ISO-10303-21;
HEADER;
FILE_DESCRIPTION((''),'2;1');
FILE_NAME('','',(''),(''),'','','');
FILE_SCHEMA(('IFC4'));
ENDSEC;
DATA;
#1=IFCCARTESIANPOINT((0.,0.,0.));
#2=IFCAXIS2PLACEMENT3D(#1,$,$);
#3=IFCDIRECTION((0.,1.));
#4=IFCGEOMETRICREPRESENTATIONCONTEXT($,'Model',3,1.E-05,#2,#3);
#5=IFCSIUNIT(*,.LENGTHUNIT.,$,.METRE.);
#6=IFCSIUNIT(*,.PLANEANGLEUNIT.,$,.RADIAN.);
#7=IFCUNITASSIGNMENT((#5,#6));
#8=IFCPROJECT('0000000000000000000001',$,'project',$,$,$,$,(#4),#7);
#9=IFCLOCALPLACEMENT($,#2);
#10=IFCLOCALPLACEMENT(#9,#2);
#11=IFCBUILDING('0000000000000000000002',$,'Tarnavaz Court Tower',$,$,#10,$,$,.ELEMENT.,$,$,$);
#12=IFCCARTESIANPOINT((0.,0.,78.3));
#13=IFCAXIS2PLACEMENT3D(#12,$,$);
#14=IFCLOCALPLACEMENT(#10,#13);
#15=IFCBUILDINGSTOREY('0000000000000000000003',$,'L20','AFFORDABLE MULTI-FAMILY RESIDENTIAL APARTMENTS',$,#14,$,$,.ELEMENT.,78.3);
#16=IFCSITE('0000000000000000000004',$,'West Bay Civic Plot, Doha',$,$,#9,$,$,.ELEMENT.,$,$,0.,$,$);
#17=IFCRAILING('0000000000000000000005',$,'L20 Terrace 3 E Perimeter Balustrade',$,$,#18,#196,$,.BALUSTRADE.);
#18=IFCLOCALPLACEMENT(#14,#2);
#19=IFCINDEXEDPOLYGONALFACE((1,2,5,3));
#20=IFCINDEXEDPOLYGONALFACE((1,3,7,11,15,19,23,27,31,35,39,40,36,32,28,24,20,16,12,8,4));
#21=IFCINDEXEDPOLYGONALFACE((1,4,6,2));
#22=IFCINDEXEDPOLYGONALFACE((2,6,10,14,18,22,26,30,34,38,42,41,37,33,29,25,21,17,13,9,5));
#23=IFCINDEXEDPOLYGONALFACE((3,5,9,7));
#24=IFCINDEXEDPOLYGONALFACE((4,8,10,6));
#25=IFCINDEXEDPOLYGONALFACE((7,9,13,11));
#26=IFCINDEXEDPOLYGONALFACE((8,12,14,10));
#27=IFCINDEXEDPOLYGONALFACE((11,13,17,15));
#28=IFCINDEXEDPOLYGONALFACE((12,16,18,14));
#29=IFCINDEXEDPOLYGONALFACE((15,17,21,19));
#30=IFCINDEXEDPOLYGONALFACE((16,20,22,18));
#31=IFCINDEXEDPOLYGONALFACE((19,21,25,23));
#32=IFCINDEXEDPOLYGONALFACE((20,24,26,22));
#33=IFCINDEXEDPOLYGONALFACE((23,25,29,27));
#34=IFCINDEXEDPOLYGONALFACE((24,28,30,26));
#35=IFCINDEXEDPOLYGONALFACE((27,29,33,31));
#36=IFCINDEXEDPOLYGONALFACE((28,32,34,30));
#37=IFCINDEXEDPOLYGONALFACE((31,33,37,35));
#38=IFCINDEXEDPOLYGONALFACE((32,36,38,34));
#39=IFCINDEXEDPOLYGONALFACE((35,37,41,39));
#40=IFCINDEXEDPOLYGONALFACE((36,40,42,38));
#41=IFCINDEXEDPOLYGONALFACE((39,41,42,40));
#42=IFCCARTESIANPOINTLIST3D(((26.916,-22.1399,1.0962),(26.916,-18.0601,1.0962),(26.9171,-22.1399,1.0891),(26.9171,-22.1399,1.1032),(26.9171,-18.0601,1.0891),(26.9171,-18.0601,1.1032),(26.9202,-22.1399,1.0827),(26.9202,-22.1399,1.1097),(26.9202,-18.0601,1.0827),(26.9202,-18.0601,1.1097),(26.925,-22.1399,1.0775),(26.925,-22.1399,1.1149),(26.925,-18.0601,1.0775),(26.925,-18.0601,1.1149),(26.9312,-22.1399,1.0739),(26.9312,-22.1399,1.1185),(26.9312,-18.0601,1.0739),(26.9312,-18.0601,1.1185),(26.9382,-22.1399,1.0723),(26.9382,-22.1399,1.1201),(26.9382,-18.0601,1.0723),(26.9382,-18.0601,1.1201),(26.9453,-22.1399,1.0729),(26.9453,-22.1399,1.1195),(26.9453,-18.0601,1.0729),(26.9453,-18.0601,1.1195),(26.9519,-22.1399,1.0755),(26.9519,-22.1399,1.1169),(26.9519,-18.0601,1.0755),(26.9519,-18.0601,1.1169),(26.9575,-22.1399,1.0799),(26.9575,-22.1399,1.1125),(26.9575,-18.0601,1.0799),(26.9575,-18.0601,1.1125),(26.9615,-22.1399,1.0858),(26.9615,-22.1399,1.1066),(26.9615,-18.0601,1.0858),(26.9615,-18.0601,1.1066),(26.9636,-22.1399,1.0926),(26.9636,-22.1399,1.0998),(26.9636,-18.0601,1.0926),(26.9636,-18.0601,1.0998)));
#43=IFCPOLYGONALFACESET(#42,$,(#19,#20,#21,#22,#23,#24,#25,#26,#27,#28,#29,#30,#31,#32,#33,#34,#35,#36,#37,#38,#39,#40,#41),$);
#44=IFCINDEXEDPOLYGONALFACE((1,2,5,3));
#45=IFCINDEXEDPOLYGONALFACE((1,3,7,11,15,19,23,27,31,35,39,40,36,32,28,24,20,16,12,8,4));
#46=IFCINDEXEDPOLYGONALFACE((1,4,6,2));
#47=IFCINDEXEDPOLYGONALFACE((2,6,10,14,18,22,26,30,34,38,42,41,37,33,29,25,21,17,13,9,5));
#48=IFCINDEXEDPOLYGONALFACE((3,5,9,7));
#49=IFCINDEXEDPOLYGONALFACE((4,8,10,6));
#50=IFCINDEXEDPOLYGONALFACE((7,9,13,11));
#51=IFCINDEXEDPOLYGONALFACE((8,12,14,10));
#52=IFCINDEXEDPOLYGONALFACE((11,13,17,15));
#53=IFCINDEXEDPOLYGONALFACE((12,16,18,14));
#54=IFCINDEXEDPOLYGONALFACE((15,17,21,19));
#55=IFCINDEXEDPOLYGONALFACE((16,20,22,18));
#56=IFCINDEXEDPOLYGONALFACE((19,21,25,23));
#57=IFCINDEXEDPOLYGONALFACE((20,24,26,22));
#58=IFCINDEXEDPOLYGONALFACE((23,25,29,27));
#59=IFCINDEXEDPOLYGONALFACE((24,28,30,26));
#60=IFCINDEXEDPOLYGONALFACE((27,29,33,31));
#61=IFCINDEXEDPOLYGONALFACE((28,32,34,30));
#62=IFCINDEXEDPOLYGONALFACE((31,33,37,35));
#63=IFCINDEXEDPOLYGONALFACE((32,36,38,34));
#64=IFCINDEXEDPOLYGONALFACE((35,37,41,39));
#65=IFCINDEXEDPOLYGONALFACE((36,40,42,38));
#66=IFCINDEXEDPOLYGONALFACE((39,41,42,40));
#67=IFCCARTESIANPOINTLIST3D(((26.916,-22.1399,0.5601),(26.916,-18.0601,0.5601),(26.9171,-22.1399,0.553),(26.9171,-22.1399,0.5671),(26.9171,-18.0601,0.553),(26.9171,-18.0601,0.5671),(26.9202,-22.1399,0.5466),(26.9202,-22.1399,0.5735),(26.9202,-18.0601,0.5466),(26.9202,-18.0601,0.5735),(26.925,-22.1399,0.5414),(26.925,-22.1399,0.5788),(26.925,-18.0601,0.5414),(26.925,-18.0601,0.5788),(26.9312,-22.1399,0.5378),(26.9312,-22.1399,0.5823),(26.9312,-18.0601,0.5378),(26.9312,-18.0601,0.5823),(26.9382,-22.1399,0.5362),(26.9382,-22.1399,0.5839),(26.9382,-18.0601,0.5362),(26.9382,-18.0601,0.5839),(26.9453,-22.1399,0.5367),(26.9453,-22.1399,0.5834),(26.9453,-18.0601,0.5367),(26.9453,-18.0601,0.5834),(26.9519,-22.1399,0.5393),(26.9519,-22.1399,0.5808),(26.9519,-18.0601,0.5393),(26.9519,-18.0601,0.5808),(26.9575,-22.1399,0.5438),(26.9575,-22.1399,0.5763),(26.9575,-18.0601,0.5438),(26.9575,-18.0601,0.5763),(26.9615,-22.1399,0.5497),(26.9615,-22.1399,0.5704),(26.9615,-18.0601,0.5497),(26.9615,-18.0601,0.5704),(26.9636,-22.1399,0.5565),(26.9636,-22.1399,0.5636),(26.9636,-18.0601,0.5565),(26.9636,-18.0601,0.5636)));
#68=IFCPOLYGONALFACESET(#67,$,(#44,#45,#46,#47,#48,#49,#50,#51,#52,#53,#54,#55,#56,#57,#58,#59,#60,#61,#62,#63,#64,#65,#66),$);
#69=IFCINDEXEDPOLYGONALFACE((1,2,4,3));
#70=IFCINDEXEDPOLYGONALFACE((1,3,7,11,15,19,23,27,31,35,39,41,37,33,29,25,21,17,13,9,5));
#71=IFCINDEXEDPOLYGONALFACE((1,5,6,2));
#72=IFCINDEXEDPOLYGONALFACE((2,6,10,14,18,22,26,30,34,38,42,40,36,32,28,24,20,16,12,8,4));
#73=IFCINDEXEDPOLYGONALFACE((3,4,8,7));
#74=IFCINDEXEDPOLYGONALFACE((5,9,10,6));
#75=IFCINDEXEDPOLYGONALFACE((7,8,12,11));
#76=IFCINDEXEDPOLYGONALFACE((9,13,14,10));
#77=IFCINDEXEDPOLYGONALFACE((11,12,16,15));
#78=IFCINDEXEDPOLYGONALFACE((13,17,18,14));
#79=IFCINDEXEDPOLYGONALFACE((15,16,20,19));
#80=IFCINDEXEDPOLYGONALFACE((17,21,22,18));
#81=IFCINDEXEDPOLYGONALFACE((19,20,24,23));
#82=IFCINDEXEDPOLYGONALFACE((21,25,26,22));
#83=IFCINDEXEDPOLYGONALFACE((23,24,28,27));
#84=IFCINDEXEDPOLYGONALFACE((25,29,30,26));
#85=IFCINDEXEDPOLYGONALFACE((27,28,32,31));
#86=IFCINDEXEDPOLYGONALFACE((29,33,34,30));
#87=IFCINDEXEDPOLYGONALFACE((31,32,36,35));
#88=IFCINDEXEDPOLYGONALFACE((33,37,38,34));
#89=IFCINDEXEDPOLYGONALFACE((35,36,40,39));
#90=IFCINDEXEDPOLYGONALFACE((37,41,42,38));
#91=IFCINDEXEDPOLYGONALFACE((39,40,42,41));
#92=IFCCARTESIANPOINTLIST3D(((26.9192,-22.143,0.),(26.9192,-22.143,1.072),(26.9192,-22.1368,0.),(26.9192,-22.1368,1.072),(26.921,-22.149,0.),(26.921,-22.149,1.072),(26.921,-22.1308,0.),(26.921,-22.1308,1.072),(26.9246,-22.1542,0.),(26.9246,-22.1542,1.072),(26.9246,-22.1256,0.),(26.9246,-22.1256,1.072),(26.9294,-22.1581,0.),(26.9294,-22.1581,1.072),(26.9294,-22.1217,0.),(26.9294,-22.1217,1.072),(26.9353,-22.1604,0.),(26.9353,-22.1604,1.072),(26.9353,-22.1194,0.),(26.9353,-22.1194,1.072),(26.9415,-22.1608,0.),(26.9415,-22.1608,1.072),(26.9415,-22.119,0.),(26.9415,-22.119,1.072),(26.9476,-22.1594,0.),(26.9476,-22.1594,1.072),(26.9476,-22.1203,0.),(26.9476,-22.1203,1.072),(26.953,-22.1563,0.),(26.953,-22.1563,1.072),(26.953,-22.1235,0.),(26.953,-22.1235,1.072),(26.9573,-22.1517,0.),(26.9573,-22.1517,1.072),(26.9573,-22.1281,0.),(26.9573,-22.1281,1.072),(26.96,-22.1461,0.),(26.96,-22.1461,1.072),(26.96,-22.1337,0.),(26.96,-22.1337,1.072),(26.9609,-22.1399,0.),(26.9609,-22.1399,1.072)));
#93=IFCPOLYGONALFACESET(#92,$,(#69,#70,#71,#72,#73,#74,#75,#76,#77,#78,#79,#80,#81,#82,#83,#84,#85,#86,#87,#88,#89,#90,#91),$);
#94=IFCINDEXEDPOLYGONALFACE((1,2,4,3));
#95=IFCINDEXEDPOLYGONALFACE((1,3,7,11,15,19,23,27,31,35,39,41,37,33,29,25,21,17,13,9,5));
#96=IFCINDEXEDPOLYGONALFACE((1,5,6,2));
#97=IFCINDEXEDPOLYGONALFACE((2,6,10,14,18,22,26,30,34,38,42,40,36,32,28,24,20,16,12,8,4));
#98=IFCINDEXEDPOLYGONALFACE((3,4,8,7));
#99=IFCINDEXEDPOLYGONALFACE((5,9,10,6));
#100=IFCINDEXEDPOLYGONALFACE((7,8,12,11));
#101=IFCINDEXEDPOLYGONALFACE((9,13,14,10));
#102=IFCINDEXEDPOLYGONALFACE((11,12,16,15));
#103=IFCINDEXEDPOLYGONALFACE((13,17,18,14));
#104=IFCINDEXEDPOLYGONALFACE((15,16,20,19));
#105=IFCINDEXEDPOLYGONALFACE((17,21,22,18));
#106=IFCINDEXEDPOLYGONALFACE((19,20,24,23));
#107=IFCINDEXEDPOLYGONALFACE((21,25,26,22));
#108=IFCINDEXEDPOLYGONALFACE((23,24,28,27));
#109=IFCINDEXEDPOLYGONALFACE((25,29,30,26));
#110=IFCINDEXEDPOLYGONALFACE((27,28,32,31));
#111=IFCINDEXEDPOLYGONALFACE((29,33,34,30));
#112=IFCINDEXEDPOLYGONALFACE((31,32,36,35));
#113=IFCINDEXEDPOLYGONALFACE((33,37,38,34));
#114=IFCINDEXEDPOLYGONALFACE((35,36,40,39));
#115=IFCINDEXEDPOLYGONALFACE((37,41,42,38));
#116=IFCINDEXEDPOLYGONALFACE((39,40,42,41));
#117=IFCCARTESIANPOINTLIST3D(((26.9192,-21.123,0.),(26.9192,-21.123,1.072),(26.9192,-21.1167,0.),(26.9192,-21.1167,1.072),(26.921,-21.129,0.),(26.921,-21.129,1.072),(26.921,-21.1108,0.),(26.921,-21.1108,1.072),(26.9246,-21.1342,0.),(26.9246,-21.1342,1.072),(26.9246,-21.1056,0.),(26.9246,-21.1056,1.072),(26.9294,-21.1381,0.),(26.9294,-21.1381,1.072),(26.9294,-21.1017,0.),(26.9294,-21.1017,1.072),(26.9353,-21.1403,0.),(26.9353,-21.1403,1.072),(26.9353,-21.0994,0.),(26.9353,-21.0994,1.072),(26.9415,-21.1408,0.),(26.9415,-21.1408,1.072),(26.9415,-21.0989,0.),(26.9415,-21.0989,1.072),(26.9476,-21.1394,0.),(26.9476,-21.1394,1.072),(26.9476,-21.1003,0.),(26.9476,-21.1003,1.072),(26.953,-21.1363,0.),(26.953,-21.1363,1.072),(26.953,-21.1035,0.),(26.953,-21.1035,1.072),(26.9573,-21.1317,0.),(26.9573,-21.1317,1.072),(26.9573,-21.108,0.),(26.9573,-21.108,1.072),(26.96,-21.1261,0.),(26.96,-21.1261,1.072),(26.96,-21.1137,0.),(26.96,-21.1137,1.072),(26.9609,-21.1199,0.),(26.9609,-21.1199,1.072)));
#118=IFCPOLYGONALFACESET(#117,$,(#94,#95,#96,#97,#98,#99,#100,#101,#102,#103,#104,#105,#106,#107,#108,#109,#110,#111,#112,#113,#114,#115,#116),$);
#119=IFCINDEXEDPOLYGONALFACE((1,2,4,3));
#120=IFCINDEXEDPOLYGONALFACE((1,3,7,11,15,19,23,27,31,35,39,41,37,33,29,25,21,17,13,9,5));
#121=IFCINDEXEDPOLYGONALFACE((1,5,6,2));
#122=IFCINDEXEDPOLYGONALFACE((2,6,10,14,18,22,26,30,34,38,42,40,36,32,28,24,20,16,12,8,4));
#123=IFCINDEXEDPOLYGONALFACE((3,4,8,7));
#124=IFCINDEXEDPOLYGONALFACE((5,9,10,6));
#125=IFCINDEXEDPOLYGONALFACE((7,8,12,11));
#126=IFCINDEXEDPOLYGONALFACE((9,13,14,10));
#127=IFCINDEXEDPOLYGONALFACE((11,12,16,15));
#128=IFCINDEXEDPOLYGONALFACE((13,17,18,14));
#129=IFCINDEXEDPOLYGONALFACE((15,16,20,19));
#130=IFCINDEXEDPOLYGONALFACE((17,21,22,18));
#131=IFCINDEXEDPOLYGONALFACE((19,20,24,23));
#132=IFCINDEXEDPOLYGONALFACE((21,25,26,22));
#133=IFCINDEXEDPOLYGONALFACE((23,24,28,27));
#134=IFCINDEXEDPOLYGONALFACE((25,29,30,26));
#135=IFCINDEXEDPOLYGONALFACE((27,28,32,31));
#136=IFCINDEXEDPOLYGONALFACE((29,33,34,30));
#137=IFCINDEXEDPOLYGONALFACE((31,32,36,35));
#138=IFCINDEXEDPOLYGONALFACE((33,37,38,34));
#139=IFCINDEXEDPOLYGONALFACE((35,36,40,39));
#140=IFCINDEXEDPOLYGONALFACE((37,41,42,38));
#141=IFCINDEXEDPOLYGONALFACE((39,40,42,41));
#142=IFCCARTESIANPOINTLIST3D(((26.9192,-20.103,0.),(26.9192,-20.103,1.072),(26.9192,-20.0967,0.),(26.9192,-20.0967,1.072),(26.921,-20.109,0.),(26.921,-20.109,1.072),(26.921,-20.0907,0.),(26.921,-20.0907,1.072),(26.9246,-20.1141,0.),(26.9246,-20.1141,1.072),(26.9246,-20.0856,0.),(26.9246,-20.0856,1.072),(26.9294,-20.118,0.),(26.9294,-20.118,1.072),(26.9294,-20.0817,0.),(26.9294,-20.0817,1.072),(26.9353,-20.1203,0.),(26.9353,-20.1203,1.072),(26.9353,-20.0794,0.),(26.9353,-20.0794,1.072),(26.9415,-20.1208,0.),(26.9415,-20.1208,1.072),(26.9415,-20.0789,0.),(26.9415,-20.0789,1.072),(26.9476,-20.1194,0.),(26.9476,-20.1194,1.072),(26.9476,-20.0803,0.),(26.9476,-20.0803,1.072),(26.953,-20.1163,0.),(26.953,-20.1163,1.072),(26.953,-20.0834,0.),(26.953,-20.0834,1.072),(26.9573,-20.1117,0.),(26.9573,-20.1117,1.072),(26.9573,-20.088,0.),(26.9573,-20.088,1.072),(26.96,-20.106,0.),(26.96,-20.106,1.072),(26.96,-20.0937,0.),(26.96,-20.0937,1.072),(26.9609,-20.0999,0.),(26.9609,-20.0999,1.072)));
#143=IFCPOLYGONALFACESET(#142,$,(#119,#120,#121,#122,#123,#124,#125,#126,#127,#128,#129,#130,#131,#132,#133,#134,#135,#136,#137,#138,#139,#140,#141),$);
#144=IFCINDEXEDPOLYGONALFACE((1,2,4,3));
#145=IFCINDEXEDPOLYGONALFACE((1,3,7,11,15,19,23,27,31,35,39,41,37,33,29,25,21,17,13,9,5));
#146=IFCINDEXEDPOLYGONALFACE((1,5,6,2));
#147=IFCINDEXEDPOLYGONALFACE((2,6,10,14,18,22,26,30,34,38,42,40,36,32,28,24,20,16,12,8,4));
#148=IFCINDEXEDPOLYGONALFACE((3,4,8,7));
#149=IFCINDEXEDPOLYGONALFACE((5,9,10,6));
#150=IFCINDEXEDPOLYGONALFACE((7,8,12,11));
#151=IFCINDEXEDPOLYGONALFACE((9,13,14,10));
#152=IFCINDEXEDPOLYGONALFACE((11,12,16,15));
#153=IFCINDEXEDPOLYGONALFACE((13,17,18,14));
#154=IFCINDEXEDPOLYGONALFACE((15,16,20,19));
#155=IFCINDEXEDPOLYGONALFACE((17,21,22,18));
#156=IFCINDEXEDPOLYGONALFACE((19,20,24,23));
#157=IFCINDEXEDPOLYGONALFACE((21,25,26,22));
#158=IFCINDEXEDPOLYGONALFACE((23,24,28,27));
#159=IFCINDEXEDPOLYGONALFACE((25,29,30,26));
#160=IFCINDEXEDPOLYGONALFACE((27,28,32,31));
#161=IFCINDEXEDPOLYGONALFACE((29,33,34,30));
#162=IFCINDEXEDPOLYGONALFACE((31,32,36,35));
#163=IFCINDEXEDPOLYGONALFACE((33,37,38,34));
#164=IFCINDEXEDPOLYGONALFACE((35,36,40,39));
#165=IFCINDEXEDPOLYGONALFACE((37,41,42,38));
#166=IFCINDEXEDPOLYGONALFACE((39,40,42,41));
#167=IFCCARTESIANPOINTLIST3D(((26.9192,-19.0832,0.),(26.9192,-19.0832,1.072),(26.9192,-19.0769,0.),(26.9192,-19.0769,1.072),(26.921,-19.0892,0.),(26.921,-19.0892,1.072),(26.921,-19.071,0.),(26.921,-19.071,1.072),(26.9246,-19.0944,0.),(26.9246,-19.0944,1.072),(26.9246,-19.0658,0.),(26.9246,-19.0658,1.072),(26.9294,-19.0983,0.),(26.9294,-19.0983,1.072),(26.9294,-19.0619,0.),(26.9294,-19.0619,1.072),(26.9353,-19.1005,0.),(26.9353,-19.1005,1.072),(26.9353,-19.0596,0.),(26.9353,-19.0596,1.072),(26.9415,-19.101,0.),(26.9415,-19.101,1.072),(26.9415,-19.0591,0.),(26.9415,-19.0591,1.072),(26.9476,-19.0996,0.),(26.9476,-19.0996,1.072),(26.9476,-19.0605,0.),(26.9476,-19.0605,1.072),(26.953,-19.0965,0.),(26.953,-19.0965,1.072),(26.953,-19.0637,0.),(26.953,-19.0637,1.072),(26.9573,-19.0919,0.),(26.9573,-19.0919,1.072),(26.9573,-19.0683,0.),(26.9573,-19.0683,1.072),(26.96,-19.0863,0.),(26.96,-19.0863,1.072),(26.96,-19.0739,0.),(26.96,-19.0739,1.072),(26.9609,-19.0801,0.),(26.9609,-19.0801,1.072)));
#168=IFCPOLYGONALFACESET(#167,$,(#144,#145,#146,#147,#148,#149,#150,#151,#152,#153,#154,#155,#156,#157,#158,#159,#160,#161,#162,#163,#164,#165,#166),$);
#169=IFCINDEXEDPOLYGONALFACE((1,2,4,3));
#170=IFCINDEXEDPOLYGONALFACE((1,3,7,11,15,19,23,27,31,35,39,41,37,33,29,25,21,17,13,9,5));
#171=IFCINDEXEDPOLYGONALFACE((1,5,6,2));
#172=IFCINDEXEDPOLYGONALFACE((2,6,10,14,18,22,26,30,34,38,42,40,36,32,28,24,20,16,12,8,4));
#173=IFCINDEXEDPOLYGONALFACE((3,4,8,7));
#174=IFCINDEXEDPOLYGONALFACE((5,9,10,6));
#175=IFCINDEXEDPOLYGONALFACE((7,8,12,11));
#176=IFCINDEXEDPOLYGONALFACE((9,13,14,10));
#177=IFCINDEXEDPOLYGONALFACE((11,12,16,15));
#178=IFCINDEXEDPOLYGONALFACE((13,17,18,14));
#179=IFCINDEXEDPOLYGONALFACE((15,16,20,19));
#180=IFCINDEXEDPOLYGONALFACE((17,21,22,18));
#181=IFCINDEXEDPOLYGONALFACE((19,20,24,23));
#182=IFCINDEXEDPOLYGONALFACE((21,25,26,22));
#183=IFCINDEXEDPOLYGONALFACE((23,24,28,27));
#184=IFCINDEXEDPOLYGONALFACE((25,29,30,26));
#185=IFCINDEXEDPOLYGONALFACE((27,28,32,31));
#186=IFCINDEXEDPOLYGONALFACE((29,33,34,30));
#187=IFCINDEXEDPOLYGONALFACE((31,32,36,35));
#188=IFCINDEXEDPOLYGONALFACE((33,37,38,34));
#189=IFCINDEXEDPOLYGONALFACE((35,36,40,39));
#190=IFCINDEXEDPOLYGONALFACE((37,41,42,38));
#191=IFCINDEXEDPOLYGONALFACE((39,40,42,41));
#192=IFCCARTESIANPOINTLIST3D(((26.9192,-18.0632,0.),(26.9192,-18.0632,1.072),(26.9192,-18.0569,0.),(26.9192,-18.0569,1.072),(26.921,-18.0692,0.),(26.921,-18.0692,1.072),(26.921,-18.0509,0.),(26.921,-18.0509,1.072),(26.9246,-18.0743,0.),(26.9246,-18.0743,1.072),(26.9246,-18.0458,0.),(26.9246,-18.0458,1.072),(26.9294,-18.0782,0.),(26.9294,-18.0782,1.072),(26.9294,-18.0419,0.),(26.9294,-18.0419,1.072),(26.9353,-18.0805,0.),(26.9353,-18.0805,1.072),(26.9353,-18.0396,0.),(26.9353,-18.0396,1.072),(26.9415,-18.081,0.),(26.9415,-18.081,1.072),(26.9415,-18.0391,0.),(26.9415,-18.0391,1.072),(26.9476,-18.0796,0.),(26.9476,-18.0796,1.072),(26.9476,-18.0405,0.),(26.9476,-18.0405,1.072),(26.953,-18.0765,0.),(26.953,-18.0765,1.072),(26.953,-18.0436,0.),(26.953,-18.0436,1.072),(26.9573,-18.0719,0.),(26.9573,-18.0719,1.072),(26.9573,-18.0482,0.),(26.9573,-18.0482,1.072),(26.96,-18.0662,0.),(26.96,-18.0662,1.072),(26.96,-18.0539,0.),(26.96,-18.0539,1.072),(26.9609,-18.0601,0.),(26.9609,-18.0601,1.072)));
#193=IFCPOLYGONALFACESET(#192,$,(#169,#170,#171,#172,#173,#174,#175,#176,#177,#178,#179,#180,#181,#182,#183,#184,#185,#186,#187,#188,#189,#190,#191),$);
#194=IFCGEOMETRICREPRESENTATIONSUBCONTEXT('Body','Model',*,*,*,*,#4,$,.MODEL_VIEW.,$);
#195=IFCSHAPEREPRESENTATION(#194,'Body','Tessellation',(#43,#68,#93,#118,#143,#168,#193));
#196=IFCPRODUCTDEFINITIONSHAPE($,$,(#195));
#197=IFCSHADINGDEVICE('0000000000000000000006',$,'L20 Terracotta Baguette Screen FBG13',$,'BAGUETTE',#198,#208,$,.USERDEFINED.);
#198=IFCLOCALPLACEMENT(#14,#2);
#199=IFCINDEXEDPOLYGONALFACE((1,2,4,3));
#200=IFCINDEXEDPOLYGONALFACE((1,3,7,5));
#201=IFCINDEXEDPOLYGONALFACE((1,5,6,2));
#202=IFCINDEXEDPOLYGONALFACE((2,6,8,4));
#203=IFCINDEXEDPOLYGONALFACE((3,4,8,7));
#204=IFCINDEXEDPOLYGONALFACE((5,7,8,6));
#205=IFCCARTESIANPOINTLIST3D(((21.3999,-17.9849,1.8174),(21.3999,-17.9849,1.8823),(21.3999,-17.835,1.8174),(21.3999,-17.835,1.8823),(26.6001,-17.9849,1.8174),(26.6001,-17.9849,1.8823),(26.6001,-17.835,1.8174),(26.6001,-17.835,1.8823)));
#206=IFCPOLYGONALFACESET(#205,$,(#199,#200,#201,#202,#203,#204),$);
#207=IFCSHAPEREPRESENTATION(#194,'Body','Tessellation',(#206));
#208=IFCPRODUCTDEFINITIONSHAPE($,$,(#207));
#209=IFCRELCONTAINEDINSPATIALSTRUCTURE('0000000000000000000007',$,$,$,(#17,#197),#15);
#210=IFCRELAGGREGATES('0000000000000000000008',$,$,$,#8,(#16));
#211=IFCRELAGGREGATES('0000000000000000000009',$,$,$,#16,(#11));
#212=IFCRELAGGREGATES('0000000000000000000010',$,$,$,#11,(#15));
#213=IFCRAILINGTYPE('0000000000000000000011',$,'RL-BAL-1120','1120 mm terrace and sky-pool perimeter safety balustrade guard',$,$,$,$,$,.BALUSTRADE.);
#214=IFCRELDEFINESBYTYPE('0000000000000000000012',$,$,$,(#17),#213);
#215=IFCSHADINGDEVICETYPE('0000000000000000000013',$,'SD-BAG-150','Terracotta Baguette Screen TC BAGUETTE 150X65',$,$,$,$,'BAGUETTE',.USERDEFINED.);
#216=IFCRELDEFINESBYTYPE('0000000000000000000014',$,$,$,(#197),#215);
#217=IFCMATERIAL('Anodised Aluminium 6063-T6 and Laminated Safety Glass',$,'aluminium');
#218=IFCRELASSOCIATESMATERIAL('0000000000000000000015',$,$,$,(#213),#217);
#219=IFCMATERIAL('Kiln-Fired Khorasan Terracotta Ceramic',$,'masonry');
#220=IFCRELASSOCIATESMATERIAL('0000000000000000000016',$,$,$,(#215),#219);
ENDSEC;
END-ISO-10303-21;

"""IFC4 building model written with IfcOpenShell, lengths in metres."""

from ifc_helpers import new_model, si_unit, direction, frame, origin, origin_2d, place, context, subcontext, project, spatial, rectangle, circle, extrude, material, material_profile, profile_set, type_object, element, save


model = new_model("IFC4")

# Units and contexts
model_context = context("Model", 3, precision=1e-05, world=origin(), true_north=direction((0.0, 1.0)))
body_context = subcontext(model_context, "Body", "Model", "MODEL_VIEW")
ifc_project = project(units=[si_unit("LENGTHUNIT", "METRE"), si_unit("PLANEANGLEUNIT", "RADIAN")], contexts=[model_context])

# Site, building, storey
site_placement = place(None, origin())
site = spatial("IfcSite", under=ifc_project, at=site_placement, Name="West Bay Civic Plot, Doha", CompositionType="ELEMENT", RefElevation=0.0)
building_placement = place(site_placement, origin())
building = spatial("IfcBuilding", under=site, at=building_placement, Name="Tarnavaz Court Tower", CompositionType="ELEMENT")
storey_placement = place(building_placement, frame((0.0, 0.0, 78.3)))
storey = spatial("IfcBuildingStorey", under=building, at=storey_placement, Name="L20", Description="AFFORDABLE MULTI-FAMILY RESIDENTIAL APARTMENTS", CompositionType="ELEMENT", Elevation=78.3)

# Railing
ifc_material_1 = material(Name="Anodised Aluminium 6063-T6 and Laminated Safety Glass", Category="aluminium")
railing_type = type_object("IfcRailingType", Name="RL-BAL-1120", Description="1120 mm terrace and sky-pool perimeter safety balustrade guard", PredefinedType="BALUSTRADE", material=ifc_material_1)
railing_1_placement = place(storey_placement, frame((26.9399, -22.1399, 0.0)))
element("IfcRailing", 1, at=railing_1_placement, inside=storey, type_object=railing_type, Name="L20 Terrace 3 E Perimeter Balustrade", PredefinedType="BALUSTRADE", context=body_context, shape_type="SweptSolid", body=[
    extrude(circle(Radius=0.0239, at=origin_2d()), frame((0.0, 0.0, 1.0962), z_axis=(0.0, 1.0, 0.0), x_axis=(-1.0, 0.0, 0.0)), (0.0, 0.0, 1.0), 4.0798),
    extrude(circle(Radius=0.0239, at=origin_2d()), frame((0.0, 0.0, 0.5601), z_axis=(0.0, 1.0, 0.0), x_axis=(-1.0, 0.0, 0.0)), (0.0, 0.0, 1.0), 4.0798),
    extrude(circle(Radius=0.021, at=origin_2d()), origin(), (0.0, 0.0, 1.0), 1.072),
    extrude(circle(Radius=0.021, at=origin_2d()), frame((0.0, 1.02, 0.0)), (0.0, 0.0, 1.0), 1.072),
    extrude(circle(Radius=0.021, at=origin_2d()), frame((0.0, 2.04, 0.0)), (0.0, 0.0, 1.0), 1.072),
    extrude(circle(Radius=0.021, at=origin_2d()), frame((0.0, 3.0598, 0.0)), (0.0, 0.0, 1.0), 1.072),
    extrude(circle(Radius=0.021, at=origin_2d()), frame((0.0, 4.0798, 0.0)), (0.0, 0.0, 1.0), 1.072),
])

# Shading device
ifc_material_2 = material(Name="Kiln-Fired Khorasan Terracotta Ceramic", Category="masonry")
ifc_material_profile_1 = material_profile(ifc_material_2, rectangle(XDim=0.1499, YDim=0.0649, at=origin_2d()), Name="TC BAGUETTE 150X65")
ifc_profile_set_1 = profile_set([ifc_material_profile_1], Name="Kiln-Fired Khorasan Terracotta Ceramic")
shading_device_type = type_object("IfcShadingDeviceType", Name="SD-BAG-150", Description="Terracotta Baguette Screen TC BAGUETTE 150X65", ElementType="BAGUETTE", PredefinedType="USERDEFINED", material=ifc_profile_set_1)
shading_device_placement = place(storey_placement, frame((26.6001, -17.9099, 1.8499), z_axis=(-1.0, 0.0, 0.0), x_axis=(0.0, -1.0, 0.0)))
element("IfcShadingDevice", 2, at=shading_device_placement, inside=storey, type_object=shading_device_type, Name="L20 Terracotta Baguette Screen FBG13", ObjectType="BAGUETTE", PredefinedType="USERDEFINED", context=body_context, shape_type="SweptSolid", body=[
    extrude(rectangle(XDim=0.1499, YDim=0.0649, at=origin_2d()), origin(), (0.0, 0.0, 1.0), 5.2002),
])

save(model, "model.ifc")
